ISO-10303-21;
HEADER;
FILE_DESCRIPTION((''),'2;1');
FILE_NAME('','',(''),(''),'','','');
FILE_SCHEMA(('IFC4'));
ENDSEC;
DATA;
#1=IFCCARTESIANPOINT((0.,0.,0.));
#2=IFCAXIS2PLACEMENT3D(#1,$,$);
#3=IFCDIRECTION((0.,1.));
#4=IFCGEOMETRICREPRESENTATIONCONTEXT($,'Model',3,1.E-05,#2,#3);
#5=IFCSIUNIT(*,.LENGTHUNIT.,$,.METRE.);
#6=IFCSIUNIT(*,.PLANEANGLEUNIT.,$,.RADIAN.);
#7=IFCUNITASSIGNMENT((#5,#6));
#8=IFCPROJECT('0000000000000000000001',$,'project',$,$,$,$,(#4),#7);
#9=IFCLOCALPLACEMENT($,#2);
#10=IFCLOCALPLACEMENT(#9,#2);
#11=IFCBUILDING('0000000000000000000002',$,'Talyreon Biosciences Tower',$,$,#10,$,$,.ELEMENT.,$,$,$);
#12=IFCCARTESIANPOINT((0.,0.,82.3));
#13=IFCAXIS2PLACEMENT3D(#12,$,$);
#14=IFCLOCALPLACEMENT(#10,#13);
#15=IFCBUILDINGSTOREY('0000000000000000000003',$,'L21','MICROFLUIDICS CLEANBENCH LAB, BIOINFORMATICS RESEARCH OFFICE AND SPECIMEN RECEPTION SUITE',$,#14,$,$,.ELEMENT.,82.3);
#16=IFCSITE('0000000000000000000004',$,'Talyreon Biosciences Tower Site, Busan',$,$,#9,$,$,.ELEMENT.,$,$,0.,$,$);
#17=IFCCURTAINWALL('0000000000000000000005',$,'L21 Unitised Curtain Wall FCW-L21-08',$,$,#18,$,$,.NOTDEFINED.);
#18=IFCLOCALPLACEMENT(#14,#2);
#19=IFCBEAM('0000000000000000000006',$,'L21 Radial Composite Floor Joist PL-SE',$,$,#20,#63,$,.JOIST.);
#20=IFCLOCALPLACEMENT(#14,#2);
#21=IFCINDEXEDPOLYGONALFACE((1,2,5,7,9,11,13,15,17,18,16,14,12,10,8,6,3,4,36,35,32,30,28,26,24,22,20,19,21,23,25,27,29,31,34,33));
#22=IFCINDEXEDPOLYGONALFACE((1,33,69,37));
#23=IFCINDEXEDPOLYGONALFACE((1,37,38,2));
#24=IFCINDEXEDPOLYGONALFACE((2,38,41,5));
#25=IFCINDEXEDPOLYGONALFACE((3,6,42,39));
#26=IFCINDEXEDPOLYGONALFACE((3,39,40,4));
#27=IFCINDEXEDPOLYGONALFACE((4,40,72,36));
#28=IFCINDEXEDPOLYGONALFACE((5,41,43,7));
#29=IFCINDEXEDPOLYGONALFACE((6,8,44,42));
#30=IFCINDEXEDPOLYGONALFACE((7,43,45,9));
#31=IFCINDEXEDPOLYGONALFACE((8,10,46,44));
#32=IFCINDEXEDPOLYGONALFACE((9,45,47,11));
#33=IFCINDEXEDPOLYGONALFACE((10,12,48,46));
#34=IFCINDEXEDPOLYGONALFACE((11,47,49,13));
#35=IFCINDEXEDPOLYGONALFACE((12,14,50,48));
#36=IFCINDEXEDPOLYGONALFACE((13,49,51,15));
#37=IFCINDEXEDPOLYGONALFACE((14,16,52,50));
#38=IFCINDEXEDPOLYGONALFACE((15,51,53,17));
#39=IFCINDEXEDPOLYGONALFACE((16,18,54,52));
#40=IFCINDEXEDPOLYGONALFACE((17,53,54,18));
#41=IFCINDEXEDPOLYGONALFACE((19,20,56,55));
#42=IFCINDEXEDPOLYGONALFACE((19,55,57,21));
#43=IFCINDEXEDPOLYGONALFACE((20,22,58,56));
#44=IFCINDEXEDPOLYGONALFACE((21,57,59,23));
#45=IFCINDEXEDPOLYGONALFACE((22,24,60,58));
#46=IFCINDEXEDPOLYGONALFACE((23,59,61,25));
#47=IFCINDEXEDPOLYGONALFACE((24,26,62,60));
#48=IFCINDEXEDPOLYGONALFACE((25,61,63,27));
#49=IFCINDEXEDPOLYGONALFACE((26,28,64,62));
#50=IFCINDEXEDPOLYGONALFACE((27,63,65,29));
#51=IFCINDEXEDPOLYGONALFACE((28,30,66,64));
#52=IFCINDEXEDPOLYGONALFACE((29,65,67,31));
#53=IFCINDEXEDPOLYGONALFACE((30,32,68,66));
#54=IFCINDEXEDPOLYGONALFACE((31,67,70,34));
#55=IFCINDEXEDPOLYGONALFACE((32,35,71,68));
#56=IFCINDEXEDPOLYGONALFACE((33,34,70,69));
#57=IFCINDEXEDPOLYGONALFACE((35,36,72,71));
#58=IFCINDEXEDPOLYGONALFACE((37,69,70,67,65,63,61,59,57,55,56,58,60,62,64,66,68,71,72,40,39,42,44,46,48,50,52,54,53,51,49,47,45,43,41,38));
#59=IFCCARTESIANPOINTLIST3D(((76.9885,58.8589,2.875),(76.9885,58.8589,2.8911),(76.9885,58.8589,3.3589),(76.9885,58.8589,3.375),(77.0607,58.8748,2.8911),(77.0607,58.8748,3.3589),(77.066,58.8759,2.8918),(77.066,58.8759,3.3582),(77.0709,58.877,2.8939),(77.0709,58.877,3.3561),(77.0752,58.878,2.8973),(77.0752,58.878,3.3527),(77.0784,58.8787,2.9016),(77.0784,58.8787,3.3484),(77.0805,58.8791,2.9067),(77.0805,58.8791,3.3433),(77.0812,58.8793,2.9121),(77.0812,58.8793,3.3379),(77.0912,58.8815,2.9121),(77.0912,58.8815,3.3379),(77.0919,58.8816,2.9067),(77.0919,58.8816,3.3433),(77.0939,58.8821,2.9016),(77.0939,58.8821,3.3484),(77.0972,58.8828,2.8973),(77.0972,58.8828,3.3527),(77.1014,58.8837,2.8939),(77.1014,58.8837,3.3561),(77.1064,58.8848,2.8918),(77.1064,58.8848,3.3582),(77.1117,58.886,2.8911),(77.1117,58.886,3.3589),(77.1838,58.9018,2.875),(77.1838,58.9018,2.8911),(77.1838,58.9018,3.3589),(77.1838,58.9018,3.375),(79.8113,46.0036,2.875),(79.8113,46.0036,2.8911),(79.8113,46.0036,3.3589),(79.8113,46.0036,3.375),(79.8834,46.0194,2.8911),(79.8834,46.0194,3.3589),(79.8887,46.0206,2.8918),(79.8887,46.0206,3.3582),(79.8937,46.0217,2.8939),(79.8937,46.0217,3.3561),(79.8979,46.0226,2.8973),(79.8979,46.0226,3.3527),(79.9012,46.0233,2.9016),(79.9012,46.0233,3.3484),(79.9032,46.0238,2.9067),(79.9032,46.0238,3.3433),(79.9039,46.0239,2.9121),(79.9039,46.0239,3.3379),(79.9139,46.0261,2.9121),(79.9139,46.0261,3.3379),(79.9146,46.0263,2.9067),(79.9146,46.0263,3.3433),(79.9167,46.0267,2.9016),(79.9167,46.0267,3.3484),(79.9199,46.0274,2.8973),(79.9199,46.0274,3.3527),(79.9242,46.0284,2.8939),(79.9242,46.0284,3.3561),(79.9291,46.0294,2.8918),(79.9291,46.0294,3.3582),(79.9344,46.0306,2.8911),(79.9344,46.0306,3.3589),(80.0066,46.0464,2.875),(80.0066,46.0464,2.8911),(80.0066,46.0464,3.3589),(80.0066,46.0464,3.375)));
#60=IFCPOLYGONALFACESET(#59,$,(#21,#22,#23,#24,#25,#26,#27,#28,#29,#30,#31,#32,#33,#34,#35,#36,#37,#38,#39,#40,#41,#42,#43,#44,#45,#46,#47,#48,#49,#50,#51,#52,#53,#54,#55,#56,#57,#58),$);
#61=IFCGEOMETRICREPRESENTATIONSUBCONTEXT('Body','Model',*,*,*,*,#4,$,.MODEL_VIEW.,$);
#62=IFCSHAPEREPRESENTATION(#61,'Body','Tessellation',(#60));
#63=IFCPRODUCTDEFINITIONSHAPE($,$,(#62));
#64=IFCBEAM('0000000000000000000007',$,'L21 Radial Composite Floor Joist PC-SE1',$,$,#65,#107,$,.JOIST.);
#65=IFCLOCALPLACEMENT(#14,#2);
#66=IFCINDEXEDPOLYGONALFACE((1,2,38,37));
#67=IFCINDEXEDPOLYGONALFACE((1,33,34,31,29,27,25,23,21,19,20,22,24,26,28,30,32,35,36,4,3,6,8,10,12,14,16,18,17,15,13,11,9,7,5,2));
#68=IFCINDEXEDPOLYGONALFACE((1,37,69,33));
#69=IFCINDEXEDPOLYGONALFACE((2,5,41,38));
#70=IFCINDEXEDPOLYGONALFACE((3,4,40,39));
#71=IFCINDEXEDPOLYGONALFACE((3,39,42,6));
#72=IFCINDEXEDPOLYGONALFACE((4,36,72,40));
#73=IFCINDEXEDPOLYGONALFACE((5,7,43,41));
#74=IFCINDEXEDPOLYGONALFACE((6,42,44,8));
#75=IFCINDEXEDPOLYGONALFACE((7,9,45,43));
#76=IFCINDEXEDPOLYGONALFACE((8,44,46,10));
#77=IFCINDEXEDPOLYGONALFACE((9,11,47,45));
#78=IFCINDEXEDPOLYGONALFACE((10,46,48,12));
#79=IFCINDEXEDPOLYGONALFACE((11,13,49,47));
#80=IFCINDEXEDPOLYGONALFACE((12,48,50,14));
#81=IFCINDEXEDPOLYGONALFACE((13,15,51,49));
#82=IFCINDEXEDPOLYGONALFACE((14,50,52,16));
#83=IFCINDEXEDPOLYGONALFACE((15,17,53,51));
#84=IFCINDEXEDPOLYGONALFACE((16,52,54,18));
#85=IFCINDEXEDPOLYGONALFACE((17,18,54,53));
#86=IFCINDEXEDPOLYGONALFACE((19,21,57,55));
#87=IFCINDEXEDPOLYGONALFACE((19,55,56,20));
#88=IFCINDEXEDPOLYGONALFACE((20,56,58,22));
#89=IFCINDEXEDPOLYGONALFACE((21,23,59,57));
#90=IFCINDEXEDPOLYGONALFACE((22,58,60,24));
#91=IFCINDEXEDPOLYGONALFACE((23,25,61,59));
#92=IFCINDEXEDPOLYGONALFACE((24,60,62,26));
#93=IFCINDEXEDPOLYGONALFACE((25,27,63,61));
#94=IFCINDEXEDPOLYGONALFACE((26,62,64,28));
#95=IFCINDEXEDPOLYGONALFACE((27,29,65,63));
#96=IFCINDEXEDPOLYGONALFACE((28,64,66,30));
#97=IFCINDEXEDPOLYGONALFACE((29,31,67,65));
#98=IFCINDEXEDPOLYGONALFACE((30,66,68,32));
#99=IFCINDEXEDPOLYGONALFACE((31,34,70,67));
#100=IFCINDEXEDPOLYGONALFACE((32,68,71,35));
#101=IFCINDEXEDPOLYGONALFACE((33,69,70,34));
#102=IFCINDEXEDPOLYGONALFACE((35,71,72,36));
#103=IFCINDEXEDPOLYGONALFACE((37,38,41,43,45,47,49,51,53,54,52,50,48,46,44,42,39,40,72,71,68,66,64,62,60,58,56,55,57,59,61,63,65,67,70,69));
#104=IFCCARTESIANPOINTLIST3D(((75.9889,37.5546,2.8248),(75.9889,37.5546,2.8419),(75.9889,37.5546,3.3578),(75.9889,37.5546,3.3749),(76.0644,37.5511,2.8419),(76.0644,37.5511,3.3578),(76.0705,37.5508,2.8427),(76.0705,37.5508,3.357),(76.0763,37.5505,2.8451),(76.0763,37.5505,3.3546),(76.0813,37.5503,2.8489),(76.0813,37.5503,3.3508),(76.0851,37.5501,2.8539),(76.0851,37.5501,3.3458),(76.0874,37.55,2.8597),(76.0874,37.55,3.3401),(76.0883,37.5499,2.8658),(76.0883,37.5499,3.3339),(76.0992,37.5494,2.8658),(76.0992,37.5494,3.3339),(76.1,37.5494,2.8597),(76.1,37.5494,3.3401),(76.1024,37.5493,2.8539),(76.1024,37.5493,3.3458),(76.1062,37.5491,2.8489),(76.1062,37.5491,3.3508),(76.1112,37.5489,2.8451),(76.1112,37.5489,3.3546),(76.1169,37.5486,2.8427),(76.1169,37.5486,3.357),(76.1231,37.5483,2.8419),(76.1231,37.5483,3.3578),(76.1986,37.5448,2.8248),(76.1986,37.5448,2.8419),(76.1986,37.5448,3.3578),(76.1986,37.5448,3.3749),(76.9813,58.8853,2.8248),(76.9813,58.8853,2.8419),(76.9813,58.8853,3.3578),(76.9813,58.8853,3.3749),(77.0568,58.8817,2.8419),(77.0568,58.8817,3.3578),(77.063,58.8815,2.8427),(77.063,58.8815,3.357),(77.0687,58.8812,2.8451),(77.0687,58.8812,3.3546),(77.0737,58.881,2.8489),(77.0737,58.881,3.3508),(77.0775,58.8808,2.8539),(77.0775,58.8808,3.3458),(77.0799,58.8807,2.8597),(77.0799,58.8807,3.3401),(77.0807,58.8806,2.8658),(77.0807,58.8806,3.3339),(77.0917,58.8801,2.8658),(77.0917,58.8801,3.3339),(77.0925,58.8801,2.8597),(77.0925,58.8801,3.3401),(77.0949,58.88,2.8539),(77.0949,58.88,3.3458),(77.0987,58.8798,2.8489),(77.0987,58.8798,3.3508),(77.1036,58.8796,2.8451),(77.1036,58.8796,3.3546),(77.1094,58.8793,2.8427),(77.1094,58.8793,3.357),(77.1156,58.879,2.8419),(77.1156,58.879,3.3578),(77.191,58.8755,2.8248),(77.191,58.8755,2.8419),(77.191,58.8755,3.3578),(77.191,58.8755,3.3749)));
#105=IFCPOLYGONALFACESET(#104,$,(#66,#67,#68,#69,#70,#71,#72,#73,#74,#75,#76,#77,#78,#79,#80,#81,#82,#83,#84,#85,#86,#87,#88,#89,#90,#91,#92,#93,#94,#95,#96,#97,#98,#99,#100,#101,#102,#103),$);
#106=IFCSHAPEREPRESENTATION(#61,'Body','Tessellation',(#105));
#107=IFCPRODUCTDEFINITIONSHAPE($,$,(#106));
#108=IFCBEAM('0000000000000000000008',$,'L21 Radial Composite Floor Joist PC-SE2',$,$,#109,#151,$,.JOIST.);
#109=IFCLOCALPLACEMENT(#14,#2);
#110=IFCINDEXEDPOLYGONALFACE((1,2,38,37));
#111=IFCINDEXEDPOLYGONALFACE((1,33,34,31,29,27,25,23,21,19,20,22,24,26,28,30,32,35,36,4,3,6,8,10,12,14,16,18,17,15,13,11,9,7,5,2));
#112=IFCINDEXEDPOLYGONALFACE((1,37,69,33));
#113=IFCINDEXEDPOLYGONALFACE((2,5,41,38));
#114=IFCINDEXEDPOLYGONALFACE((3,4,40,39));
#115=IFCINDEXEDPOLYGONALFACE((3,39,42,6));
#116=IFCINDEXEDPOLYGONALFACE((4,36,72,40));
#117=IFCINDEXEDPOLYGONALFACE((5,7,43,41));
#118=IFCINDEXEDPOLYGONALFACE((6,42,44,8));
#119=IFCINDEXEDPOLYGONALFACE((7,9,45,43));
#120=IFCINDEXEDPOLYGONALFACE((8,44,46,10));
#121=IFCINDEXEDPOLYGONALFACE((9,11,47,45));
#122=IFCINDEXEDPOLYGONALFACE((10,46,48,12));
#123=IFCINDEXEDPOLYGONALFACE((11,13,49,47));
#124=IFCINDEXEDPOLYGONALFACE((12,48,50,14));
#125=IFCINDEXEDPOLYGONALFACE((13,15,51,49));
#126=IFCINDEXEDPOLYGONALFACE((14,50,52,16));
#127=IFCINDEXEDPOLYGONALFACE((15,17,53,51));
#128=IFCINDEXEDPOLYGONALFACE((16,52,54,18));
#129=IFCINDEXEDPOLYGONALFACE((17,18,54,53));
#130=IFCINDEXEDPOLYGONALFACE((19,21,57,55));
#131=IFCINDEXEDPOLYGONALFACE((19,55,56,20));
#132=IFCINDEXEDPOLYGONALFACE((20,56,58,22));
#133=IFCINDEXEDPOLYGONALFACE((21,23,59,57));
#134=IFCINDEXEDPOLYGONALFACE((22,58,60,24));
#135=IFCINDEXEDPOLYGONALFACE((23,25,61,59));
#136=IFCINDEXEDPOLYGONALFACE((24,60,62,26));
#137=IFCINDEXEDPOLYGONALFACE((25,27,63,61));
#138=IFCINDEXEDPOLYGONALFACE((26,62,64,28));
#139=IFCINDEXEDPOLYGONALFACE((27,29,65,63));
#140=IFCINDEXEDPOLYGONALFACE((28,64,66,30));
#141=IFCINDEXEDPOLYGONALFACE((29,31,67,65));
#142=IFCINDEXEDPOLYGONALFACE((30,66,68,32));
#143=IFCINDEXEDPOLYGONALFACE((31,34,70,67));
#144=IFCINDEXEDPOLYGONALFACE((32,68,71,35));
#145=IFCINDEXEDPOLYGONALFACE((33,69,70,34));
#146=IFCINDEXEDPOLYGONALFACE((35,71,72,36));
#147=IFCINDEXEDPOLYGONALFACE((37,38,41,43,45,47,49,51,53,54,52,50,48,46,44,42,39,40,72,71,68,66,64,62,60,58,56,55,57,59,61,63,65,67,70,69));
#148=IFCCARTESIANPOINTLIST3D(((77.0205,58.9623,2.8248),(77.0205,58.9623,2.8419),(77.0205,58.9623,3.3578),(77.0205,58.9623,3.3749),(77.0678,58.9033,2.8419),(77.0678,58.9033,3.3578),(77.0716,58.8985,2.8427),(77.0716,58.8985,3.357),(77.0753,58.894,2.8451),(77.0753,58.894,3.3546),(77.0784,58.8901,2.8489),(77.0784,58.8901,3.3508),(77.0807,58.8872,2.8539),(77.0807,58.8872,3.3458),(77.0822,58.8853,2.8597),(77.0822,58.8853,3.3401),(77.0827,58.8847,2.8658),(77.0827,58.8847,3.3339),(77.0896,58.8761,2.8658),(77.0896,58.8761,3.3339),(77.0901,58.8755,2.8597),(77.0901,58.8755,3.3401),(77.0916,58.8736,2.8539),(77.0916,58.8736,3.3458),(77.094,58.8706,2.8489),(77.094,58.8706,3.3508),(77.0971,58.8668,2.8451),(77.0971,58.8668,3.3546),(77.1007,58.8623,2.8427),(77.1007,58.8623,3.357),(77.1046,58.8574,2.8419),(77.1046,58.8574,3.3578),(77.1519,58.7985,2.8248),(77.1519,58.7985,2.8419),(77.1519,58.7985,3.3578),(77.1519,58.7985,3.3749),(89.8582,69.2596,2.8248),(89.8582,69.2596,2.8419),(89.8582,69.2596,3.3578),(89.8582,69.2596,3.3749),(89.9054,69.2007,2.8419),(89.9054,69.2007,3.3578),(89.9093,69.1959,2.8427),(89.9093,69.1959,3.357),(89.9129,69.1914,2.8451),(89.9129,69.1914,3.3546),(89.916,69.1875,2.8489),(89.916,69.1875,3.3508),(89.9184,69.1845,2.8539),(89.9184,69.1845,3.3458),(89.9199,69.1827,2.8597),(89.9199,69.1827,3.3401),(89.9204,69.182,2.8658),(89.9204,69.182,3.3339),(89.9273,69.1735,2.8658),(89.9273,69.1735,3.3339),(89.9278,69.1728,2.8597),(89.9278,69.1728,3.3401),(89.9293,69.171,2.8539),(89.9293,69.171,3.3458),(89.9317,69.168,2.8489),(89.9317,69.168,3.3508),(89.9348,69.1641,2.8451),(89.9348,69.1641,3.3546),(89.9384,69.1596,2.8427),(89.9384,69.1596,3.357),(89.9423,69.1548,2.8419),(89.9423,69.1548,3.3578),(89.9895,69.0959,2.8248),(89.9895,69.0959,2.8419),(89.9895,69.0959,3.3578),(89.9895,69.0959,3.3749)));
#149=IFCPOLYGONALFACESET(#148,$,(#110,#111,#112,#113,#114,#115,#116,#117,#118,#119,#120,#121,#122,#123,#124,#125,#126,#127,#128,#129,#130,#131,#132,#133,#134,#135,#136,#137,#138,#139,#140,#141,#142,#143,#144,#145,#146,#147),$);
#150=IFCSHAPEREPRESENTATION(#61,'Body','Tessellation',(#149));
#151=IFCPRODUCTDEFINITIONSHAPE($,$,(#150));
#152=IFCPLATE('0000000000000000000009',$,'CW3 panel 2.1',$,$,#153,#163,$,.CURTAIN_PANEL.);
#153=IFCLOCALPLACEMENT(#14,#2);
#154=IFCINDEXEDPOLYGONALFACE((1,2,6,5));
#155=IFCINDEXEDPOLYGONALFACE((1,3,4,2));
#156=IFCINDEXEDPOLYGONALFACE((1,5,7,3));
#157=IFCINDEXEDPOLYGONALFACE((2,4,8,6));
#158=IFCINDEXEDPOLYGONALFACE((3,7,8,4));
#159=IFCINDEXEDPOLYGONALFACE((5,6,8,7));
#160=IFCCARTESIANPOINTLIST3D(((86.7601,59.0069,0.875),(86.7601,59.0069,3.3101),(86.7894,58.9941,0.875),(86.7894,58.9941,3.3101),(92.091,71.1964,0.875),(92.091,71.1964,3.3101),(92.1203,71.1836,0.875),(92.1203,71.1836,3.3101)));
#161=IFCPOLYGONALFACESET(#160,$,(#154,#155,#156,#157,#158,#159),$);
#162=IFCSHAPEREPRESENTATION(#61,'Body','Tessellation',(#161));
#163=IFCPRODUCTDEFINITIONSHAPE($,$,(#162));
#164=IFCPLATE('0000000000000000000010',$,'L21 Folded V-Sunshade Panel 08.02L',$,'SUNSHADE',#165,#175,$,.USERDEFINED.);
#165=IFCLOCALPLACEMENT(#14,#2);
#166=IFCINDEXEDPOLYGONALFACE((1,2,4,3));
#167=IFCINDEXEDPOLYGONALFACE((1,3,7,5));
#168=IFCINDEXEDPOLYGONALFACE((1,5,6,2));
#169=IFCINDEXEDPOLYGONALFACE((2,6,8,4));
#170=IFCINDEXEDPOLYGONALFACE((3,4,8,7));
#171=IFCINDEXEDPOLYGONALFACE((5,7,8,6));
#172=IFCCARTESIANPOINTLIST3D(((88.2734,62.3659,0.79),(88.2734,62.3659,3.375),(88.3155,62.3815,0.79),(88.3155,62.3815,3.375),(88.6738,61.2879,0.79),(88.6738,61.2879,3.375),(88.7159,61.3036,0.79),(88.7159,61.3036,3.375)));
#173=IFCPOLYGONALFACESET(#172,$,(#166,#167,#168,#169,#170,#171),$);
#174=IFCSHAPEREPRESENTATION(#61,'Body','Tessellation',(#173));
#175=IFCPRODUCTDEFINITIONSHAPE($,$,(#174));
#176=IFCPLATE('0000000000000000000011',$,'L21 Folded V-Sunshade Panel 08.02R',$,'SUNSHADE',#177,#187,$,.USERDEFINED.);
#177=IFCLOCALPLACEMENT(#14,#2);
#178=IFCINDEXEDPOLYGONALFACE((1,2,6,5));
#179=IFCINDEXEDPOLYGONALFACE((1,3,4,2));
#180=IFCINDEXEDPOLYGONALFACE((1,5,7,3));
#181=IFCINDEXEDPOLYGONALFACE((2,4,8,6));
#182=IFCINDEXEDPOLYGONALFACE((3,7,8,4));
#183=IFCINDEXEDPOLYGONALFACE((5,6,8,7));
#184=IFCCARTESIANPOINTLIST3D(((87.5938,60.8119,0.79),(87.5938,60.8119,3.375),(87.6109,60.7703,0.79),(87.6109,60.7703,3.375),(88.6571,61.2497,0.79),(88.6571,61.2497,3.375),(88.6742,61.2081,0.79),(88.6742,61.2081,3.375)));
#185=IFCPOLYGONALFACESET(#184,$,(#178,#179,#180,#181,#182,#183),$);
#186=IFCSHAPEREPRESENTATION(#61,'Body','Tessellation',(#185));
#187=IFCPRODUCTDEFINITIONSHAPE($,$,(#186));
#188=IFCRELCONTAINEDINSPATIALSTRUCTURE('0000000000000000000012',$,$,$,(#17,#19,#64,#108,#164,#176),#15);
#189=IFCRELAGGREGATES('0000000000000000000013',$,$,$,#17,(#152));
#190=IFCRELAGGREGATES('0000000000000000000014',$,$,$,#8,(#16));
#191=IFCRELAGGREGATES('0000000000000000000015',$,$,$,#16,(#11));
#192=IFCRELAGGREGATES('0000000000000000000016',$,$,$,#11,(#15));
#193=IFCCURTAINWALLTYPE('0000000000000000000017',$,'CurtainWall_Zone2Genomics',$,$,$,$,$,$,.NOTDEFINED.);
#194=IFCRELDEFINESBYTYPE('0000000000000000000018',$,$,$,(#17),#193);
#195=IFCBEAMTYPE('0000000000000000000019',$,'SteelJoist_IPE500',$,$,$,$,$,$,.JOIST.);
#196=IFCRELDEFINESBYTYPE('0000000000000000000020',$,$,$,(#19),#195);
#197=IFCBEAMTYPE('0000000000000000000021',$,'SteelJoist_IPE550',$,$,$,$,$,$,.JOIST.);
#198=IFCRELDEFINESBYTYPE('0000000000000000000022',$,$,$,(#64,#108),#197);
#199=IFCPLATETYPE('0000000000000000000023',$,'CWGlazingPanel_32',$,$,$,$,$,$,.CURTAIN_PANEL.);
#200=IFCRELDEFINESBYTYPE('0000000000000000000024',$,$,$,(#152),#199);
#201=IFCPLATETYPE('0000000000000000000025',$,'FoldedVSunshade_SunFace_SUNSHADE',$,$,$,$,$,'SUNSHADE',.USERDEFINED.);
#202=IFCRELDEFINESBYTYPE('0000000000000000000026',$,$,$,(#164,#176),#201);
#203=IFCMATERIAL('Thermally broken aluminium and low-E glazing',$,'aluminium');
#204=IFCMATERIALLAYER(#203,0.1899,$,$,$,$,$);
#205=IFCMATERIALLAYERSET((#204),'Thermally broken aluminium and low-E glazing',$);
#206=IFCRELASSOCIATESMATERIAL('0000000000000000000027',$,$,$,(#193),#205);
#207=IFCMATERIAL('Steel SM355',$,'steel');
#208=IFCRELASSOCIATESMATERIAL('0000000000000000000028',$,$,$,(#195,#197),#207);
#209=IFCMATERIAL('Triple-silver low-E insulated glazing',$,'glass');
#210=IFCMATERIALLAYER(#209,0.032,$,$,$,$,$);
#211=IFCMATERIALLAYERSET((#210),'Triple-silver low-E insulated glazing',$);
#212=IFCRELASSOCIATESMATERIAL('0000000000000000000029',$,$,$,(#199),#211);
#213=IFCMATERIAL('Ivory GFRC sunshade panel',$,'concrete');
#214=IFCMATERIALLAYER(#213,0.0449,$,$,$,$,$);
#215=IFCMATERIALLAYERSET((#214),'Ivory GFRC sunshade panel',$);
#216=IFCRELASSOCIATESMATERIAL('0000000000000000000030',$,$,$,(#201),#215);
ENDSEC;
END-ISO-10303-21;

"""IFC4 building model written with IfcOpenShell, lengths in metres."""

from ifc_helpers import new_model, si_unit, direction, frame, origin, origin_2d, place, context, subcontext, project, spatial, rectangle, i_section, extrude, material, layer, layer_set, material_profile, profile_set, type_object, element, aggregate, save


model = new_model("IFC4")

# Units and contexts
model_context = context("Model", 3, precision=1e-05, world=origin(), true_north=direction((0.0, 1.0)))
body_context = subcontext(model_context, "Body", "Model", "MODEL_VIEW")
ifc_project = project(units=[si_unit("LENGTHUNIT", "METRE"), si_unit("PLANEANGLEUNIT", "RADIAN")], contexts=[model_context])

# Site, building, storey
site_placement = place(None, origin())
site = spatial("IfcSite", under=ifc_project, at=site_placement, Name="Talyreon Biosciences Tower Site, Busan", CompositionType="ELEMENT", RefElevation=0.0)
building_placement = place(site_placement, origin())
building = spatial("IfcBuilding", under=site, at=building_placement, Name="Talyreon Biosciences Tower", CompositionType="ELEMENT")
storey_placement = place(building_placement, frame((0.0, 0.0, 82.3)))
storey = spatial("IfcBuildingStorey", under=building, at=storey_placement, Name="L21", Description="MICROFLUIDICS CLEANBENCH LAB, BIOINFORMATICS RESEARCH OFFICE AND SPECIMEN RECEPTION SUITE", CompositionType="ELEMENT", Elevation=82.3)

# Curtain wall
ifc_material_1 = material(Name="Thermally broken aluminium and low-E glazing", Category="aluminium")
ifc_layer_1 = layer(ifc_material_1, 0.1899)
ifc_layer_set_1 = layer_set([ifc_layer_1], Name="Thermally broken aluminium and low-E glazing")
curtain_wall_type = type_object("IfcCurtainWallType", Name="CurtainWall_Zone2Genomics", PredefinedType="NOTDEFINED", material=ifc_layer_set_1)
curtain_wall_placement = place(storey_placement, origin())
curtain_wall = element("IfcCurtainWall", 1, at=curtain_wall_placement, inside=storey, type_object=curtain_wall_type, Name="L21 Unitised Curtain Wall FCW-L21-08", PredefinedType="NOTDEFINED")

# Beams
ifc_material_2 = material(Name="Steel SM355", Category="steel")
ifc_material_profile_1 = material_profile(ifc_material_2, i_section(OverallWidth=0.2, OverallDepth=0.5, WebThickness=0.0103, FlangeThickness=0.0161, FilletRadius=0.021, at=origin_2d()), Name="IPE500")
ifc_profile_set_1 = profile_set([ifc_material_profile_1], Name="Steel SM355")
beam_type_1 = type_object("IfcBeamType", Name="SteelJoist_IPE500", PredefinedType="JOIST", material=ifc_profile_set_1)
beam_1_placement = place(storey_placement, frame((77.0862, 58.8804, 3.125), z_axis=(0.214467, -0.976731, 0.0), x_axis=(0.976731, 0.214467, 0.0)))
element("IfcBeam", 2, at=beam_1_placement, inside=storey, type_object=beam_type_1, Name="L21 Radial Composite Floor Joist PL-SE", PredefinedType="JOIST", context=body_context, shape_type="SweptSolid", body=[
    extrude(i_section(OverallWidth=0.2, OverallDepth=0.5, WebThickness=0.0103, FlangeThickness=0.0161, FilletRadius=0.021, at=origin_2d()), origin(), (0.0, 0.0, 1.0), 13.1616),
])
ifc_material_profile_2 = material_profile(ifc_material_2, i_section(OverallWidth=0.21, OverallDepth=0.55, WebThickness=0.011, FlangeThickness=0.0171, FilletRadius=0.0239, at=origin_2d()), Name="IPE550")
ifc_profile_set_2 = profile_set([ifc_material_profile_2], Name="Steel SM355")
beam_type_2 = type_object("IfcBeamType", Name="SteelJoist_IPE550", PredefinedType="JOIST", material=ifc_profile_set_2)
beam_2_placement = place(storey_placement, frame((77.0862, 58.8804, 3.0999), z_axis=(-0.046476, -0.998919, 0.0), x_axis=(0.998919, -0.046476, 0.0)))
element("IfcBeam", 3, at=beam_2_placement, inside=storey, type_object=beam_type_2, Name="L21 Radial Composite Floor Joist PC-SE1", PredefinedType="JOIST", context=body_context, shape_type="SweptSolid", body=[
    extrude(i_section(OverallWidth=0.21, OverallDepth=0.55, WebThickness=0.011, FlangeThickness=0.0171, FilletRadius=0.0239, at=origin_2d()), origin(), (0.0, 0.0, 1.0), 21.3538),
])
beam_3_placement = place(storey_placement, frame((77.0862, 58.8804, 3.0999), z_axis=(0.780061, 0.625704, 0.0), x_axis=(-0.625704, 0.780061, 0.0)))
element("IfcBeam", 4, at=beam_3_placement, inside=storey, type_object=beam_type_2, Name="L21 Radial Composite Floor Joist PC-SE2", PredefinedType="JOIST", context=body_context, shape_type="SweptSolid", body=[
    extrude(i_section(OverallWidth=0.21, OverallDepth=0.55, WebThickness=0.011, FlangeThickness=0.0171, FilletRadius=0.0239, at=origin_2d()), origin(), (0.0, 0.0, 1.0), 16.4573),
])

# Plate
ifc_material_3 = material(Name="Triple-silver low-E insulated glazing", Category="glass")
ifc_layer_2 = layer(ifc_material_3, 0.032)
ifc_layer_set_2 = layer_set([ifc_layer_2], Name="Triple-silver low-E insulated glazing")
plate_type_1 = type_object("IfcPlateType", Name="CWGlazingPanel_32", PredefinedType="CURTAIN_PANEL", material=ifc_layer_set_2)
plate_placement = place(storey_placement, frame((89.4402, 65.0952, 0.875), z_axis=(0.0, 0.0, 1.0), x_axis=(-0.400689, -0.916214, 0.0)))
plate = element("IfcPlate", 5, at=plate_placement, type_object=plate_type_1, Name="CW3 panel 2.1", PredefinedType="CURTAIN_PANEL", context=body_context, shape_type="SweptSolid", body=[
    extrude(rectangle(XDim=13.3042, YDim=0.032, at=origin_2d()), origin(), (0.0, 0.0, 1.0), 2.4351),
])
aggregate(curtain_wall, [plate])

# Plates
ifc_material_4 = material(Name="Ivory GFRC sunshade panel", Category="concrete")
ifc_layer_3 = layer(ifc_material_4, 0.0449)
ifc_layer_set_3 = layer_set([ifc_layer_3], Name="Ivory GFRC sunshade panel")
plate_type_2 = type_object("IfcPlateType", Name="FoldedVSunshade_SunFace_SUNSHADE", ElementType="SUNSHADE", PredefinedType="USERDEFINED", material=ifc_layer_set_3)
for number, where, z_axis, x_axis, name in (
    (6, (88.4946, 61.8347, 0.79), (0.0, 0.0, 1.0), (0.348228, -0.93741, 0.0), "L21 Folded V-Sunshade Panel 08.02L"),
    (7, (88.134, 61.01, 0.79), (0.0, 0.0, 1.0), (-0.924686, -0.380731, 0.0), "L21 Folded V-Sunshade Panel 08.02R"),
):
    element("IfcPlate", number, at=place(storey_placement, frame(where, z_axis=z_axis, x_axis=x_axis)), inside=storey, type_object=plate_type_2, Name=name, ObjectType="SUNSHADE", PredefinedType="USERDEFINED", context=body_context, shape_type="SweptSolid", body=[
        extrude(rectangle(XDim=1.1499, YDim=0.0449, at=origin_2d()), origin(), (0.0, 0.0, 1.0), 2.585),
    ])

save(model, "model.ifc")
